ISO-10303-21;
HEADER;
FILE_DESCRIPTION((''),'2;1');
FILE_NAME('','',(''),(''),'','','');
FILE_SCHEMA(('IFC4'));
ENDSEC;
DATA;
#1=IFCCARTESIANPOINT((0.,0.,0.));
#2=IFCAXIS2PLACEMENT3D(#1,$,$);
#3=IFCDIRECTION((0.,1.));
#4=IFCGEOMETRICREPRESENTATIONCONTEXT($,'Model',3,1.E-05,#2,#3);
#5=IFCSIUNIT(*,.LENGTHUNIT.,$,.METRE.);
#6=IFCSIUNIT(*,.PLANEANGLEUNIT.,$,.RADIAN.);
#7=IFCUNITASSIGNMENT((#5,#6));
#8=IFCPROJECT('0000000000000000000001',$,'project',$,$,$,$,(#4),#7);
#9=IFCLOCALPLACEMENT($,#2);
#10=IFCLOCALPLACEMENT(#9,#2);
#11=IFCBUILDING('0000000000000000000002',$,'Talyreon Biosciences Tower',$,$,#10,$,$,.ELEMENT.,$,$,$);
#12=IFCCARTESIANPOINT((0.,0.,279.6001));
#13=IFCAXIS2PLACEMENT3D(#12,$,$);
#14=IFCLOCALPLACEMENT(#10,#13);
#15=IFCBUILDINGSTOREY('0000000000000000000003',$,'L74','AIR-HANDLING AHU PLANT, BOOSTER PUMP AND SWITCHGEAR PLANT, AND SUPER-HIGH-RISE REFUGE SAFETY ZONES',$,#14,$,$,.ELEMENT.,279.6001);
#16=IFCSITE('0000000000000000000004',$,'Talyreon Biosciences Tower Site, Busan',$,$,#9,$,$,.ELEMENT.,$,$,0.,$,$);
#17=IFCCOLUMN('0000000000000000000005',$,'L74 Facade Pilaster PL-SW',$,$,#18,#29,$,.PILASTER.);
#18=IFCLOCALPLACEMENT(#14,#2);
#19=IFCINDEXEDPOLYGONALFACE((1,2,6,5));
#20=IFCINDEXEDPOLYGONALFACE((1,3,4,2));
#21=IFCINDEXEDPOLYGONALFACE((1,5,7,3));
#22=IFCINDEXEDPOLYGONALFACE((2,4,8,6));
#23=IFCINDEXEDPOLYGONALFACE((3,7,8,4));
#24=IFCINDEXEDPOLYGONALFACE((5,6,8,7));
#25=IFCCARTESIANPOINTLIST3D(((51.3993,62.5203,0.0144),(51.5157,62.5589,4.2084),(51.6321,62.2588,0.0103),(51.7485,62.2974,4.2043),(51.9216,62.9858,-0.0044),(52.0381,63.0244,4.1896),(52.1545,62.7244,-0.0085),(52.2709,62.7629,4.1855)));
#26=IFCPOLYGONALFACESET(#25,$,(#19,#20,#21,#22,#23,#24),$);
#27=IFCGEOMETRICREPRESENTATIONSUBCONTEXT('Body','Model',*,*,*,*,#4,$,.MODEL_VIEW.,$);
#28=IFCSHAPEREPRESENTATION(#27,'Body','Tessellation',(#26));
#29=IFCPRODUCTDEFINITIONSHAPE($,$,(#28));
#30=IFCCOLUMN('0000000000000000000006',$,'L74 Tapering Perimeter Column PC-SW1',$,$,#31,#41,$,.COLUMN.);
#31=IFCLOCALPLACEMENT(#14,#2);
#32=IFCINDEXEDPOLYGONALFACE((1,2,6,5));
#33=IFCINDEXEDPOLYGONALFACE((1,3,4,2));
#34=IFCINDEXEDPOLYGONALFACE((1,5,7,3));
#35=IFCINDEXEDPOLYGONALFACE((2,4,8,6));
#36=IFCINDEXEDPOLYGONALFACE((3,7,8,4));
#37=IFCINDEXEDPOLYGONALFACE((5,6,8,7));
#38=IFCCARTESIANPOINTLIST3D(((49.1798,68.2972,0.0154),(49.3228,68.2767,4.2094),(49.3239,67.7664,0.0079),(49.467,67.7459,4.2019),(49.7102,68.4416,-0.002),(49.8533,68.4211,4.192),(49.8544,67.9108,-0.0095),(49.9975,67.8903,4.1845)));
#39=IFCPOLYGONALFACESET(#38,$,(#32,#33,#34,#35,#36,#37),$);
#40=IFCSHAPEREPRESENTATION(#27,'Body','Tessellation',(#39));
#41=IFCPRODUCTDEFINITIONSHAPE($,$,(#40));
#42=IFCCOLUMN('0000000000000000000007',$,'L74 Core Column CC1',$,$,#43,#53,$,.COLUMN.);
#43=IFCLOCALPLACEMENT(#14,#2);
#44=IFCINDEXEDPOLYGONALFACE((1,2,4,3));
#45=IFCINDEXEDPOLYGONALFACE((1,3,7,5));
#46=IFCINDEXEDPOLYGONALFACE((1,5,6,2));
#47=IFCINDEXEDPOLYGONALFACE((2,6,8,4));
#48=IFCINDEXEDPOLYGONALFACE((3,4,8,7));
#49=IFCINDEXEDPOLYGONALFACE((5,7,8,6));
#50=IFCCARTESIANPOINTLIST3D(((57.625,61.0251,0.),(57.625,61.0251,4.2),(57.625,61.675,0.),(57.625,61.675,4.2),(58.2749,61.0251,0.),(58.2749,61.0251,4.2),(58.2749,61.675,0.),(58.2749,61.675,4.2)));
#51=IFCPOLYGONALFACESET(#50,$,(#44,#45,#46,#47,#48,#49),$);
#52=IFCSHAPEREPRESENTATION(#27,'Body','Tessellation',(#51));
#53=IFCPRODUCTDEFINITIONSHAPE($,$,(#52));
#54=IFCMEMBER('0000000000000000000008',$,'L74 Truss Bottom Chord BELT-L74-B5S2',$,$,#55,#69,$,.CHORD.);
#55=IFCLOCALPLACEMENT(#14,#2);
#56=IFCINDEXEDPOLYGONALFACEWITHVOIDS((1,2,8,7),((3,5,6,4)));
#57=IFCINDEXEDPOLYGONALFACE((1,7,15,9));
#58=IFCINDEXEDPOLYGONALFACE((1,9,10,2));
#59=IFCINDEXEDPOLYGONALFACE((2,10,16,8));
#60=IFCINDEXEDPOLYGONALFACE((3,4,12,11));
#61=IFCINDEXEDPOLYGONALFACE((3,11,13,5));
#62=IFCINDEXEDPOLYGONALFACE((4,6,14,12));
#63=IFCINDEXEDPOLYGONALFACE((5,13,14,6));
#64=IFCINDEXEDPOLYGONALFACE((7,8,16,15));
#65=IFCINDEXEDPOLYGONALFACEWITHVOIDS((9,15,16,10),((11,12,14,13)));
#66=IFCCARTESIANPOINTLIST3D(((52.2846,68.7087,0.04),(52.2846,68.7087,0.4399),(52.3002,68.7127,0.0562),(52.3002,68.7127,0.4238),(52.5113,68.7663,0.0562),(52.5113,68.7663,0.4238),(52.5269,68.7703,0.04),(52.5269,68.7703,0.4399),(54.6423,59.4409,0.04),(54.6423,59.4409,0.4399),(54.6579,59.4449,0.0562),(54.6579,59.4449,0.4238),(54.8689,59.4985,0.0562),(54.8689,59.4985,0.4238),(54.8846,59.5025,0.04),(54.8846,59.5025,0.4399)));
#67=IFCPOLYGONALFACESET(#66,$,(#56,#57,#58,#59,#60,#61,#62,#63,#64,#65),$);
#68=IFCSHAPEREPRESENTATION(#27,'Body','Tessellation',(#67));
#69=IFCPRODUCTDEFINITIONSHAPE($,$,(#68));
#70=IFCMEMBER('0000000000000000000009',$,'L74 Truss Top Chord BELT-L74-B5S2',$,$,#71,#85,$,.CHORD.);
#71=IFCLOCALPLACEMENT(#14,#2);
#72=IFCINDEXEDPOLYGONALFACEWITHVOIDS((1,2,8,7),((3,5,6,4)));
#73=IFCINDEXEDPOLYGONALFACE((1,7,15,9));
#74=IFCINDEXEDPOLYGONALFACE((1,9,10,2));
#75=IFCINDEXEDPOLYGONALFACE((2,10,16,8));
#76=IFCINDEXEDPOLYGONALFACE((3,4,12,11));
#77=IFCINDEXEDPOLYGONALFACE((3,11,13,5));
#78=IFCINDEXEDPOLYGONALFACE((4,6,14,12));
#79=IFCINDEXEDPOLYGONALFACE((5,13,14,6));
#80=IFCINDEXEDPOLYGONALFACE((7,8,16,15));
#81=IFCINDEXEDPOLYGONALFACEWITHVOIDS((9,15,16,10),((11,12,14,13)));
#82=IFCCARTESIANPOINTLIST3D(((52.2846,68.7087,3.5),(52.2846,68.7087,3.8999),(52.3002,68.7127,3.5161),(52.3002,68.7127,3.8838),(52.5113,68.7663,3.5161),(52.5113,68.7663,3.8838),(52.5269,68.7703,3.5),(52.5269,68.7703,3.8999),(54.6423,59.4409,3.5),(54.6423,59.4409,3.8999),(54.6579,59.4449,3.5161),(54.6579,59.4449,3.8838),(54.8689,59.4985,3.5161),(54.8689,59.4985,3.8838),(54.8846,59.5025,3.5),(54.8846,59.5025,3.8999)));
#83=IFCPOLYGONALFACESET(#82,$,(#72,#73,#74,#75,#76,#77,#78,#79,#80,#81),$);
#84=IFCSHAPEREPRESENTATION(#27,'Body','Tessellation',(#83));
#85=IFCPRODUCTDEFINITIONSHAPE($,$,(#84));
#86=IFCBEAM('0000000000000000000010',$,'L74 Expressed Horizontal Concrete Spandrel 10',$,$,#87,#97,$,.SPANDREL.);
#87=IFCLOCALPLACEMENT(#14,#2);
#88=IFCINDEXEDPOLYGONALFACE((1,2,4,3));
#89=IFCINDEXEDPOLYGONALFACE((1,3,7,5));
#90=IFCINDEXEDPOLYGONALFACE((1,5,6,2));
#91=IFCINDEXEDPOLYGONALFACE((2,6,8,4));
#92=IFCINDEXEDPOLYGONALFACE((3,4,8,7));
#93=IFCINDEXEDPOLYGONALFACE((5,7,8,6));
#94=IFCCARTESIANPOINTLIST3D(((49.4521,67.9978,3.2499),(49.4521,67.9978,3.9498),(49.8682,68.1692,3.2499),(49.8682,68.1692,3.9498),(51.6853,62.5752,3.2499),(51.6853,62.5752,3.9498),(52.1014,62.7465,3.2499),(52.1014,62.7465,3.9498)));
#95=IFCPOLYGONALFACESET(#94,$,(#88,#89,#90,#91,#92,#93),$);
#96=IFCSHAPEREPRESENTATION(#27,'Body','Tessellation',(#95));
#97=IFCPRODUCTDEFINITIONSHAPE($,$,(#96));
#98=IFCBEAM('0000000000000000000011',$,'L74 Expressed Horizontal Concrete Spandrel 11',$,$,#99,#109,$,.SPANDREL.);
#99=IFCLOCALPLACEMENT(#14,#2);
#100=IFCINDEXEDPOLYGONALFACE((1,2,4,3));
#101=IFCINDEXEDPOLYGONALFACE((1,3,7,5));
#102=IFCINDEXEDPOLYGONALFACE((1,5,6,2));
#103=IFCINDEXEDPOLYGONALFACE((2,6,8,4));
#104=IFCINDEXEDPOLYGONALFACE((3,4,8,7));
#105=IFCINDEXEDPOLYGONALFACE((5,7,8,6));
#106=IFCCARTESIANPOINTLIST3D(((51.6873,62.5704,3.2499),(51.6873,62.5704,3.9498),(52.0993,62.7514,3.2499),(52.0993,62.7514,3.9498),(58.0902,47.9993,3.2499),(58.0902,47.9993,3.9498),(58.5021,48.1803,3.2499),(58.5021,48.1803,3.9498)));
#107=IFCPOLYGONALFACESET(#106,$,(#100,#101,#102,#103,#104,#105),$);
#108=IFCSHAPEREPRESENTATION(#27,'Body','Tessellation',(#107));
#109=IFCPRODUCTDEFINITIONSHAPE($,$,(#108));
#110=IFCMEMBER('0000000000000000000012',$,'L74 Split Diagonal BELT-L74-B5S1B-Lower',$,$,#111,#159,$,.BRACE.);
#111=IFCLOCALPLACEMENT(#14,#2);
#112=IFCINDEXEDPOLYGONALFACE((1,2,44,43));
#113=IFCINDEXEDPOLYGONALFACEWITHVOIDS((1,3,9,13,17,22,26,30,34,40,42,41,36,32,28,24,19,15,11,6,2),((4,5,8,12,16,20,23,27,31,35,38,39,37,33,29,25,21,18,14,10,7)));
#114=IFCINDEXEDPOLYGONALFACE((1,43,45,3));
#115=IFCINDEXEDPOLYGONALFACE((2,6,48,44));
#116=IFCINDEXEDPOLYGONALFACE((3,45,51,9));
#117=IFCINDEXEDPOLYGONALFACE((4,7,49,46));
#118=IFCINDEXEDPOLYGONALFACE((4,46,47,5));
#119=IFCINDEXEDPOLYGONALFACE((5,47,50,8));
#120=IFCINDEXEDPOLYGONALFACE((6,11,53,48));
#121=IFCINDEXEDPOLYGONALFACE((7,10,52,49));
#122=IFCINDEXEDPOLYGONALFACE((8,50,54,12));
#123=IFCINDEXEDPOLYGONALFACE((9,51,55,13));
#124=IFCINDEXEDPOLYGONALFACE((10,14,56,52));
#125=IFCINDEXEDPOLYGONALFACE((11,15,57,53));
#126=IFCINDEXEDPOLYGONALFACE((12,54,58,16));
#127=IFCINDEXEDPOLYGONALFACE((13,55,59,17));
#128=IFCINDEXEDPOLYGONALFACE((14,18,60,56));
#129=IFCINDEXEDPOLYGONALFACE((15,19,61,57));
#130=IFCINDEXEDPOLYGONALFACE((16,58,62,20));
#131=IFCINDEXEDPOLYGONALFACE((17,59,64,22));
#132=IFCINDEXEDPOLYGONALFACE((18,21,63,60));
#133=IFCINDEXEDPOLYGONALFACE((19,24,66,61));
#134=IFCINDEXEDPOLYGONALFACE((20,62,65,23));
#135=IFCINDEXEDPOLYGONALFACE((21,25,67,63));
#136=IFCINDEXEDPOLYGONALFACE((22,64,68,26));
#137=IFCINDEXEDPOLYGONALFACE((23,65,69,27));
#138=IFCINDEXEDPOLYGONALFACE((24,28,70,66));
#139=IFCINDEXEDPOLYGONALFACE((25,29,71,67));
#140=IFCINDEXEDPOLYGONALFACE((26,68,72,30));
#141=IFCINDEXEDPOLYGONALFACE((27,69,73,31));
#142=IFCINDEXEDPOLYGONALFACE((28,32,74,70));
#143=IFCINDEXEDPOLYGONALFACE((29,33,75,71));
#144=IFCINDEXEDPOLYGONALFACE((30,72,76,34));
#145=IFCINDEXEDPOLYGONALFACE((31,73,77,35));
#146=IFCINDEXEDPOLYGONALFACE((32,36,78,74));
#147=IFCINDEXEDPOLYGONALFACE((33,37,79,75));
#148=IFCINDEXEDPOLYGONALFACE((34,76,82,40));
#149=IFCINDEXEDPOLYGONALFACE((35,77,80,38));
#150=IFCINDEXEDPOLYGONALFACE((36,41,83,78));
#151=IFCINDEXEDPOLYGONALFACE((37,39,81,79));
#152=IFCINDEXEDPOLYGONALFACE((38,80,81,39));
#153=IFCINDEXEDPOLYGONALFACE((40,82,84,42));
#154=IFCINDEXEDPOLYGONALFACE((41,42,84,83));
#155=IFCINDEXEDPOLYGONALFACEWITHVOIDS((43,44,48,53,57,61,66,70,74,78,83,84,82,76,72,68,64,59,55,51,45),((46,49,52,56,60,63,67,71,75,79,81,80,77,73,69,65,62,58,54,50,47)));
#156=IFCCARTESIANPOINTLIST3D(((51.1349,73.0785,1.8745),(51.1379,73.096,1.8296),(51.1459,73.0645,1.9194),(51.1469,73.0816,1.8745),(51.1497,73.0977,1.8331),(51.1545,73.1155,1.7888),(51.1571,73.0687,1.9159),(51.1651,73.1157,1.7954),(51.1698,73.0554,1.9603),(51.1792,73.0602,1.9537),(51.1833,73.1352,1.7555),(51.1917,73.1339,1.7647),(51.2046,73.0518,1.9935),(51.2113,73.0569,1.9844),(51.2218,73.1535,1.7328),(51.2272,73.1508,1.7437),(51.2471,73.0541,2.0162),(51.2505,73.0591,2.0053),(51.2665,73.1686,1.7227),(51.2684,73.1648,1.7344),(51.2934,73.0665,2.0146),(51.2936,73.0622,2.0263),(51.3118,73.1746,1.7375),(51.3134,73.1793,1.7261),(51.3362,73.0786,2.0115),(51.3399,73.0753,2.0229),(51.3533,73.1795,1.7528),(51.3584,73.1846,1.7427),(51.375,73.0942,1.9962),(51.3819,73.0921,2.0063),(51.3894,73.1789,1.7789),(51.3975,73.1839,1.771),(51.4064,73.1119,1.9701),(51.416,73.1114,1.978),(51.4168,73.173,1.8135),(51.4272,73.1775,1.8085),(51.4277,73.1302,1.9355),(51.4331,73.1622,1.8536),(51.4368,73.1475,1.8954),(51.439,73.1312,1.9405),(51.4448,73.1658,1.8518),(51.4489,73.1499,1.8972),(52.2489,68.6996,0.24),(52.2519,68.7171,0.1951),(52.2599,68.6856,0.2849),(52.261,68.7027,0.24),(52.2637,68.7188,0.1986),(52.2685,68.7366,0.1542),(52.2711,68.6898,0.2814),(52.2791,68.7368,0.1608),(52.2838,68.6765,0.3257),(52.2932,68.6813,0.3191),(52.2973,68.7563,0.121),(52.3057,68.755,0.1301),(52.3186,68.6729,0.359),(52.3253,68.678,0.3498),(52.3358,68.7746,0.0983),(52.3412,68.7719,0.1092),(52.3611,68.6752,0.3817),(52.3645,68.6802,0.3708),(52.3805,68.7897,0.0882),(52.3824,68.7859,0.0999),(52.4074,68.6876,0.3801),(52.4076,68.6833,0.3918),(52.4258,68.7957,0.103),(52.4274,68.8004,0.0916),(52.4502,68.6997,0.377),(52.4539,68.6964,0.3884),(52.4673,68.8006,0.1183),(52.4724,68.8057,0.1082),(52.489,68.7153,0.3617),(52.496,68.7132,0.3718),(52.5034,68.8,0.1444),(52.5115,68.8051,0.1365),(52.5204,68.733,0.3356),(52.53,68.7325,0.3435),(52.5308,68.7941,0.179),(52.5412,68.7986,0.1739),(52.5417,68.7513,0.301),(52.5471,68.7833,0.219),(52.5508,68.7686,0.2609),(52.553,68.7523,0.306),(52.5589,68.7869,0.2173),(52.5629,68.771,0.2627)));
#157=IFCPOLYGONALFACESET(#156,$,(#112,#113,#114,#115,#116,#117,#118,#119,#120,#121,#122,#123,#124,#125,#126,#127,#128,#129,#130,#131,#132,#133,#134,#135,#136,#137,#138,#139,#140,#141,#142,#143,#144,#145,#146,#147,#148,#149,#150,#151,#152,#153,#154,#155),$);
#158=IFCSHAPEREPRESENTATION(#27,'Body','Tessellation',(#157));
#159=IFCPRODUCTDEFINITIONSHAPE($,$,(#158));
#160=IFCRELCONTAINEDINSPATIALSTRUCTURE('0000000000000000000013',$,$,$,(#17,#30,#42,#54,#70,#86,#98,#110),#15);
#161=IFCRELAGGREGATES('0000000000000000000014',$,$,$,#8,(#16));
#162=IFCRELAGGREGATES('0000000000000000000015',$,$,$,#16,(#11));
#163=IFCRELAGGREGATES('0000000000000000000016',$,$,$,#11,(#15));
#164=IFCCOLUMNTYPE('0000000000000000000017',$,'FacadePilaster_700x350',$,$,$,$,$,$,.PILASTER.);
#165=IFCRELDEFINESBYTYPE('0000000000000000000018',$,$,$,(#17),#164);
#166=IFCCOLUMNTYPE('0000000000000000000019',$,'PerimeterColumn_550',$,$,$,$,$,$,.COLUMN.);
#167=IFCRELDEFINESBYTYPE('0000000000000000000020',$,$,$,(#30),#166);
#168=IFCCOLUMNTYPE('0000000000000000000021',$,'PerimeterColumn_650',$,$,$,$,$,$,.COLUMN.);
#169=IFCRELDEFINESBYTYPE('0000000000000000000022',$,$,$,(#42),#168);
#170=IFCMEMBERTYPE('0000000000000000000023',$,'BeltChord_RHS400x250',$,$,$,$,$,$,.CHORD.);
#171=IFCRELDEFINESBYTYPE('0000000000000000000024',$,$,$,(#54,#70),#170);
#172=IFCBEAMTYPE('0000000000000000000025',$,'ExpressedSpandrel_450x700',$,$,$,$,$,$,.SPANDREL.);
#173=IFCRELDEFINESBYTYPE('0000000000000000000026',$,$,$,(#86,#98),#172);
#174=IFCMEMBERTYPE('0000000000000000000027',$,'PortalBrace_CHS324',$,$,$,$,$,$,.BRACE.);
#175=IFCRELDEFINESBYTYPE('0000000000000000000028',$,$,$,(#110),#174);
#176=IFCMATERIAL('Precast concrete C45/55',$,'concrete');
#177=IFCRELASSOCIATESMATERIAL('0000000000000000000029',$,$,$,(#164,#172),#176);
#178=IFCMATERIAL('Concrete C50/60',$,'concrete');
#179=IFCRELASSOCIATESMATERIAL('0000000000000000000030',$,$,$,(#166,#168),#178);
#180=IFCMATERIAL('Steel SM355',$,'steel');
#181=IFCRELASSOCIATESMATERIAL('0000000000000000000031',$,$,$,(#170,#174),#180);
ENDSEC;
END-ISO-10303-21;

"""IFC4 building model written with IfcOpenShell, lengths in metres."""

from ifc_helpers import new_model, si_unit, direction, frame, origin, origin_2d, place, context, subcontext, project, spatial, rectangle, hollow_rectangle, hollow_circle, extrude, material, material_profile, profile_set, type_object, element, save


model = new_model("IFC4")

# Units and contexts
model_context = context("Model", 3, precision=1e-05, world=origin(), true_north=direction((0.0, 1.0)))
body_context = subcontext(model_context, "Body", "Model", "MODEL_VIEW")
ifc_project = project(units=[si_unit("LENGTHUNIT", "METRE"), si_unit("PLANEANGLEUNIT", "RADIAN")], contexts=[model_context])

# Site, building, storey
site_placement = place(None, origin())
site = spatial("IfcSite", under=ifc_project, at=site_placement, Name="Talyreon Biosciences Tower Site, Busan", CompositionType="ELEMENT", RefElevation=0.0)
building_placement = place(site_placement, origin())
building = spatial("IfcBuilding", under=site, at=building_placement, Name="Talyreon Biosciences Tower", CompositionType="ELEMENT")
storey_placement = place(building_placement, frame((0.0, 0.0, 279.6001)))
storey = spatial("IfcBuildingStorey", under=building, at=storey_placement, Name="L74", Description="AIR-HANDLING AHU PLANT, BOOSTER PUMP AND SWITCHGEAR PLANT, AND SUPER-HIGH-RISE REFUGE SAFETY ZONES", CompositionType="ELEMENT", Elevation=279.6001)

# Columns
ifc_material_1 = material(Name="Precast concrete C45/55", Category="concrete")
ifc_material_profile_1 = material_profile(ifc_material_1, rectangle(XDim=0.7, YDim=0.3501, at=origin_2d()), Name="RC 700x350")
ifc_profile_set_1 = profile_set([ifc_material_profile_1], Name="Precast concrete C45/55")
column_type_1 = type_object("IfcColumnType", Name="FacadePilaster_700x350", PredefinedType="PILASTER", material=ifc_profile_set_1)
column_1_placement = place(storey_placement, frame((51.7769, 62.6223, 0.0029), z_axis=(0.027755, 0.009193, 0.999572), x_axis=(0.746315, 0.665052, -0.026839)))
element("IfcColumn", 1, at=column_1_placement, inside=storey, type_object=column_type_1, Name="L74 Facade Pilaster PL-SW", PredefinedType="PILASTER", context=body_context, shape_type="SweptSolid", body=[
    extrude(rectangle(XDim=0.7, YDim=0.3501, at=origin_2d()), origin(), (0.0, 0.0, 1.0), 4.1958),
])
ifc_material_2 = material(Name="Concrete C50/60", Category="concrete")
ifc_material_profile_2 = material_profile(ifc_material_2, rectangle(XDim=0.55, YDim=0.55, at=origin_2d()), Name="RC 550x550")
ifc_profile_set_2 = profile_set([ifc_material_profile_2], Name="Concrete C50/60")
column_type_2 = type_object("IfcColumnType", Name="PerimeterColumn_550", PredefinedType="COLUMN", material=ifc_profile_set_2)
column_2_placement = place(storey_placement, frame((49.5171, 68.104, 0.0029), z_axis=(0.034091, -0.004887, 0.999407), x_axis=(0.964425, 0.262461, -0.031615)))
element("IfcColumn", 2, at=column_2_placement, inside=storey, type_object=column_type_2, Name="L74 Tapering Perimeter Column PC-SW1", PredefinedType="COLUMN", context=body_context, shape_type="SweptSolid", body=[
    extrude(rectangle(XDim=0.55, YDim=0.55, at=origin_2d()), origin(), (0.0, 0.0, 1.0), 4.1965),
])
ifc_material_profile_3 = material_profile(ifc_material_2, rectangle(XDim=0.6499, YDim=0.6499, at=origin_2d()), Name="RC 650x650")
ifc_profile_set_3 = profile_set([ifc_material_profile_3], Name="Concrete C50/60")
column_type_3 = type_object("IfcColumnType", Name="PerimeterColumn_650", PredefinedType="COLUMN", material=ifc_profile_set_3)
column_3_placement = place(storey_placement, frame((57.95, 61.3501, 0.0), z_axis=(0.0, 0.0, 1.0), x_axis=(1.0, 0.0, 0.0)))
element("IfcColumn", 3, at=column_3_placement, inside=storey, type_object=column_type_3, Name="L74 Core Column CC1", PredefinedType="COLUMN", context=body_context, shape_type="SweptSolid", body=[
    extrude(rectangle(XDim=0.6499, YDim=0.6499, at=origin_2d()), origin(), (0.0, 0.0, 1.0), 4.2),
])

# Members
ifc_material_3 = material(Name="Steel SM355", Category="steel")
ifc_material_profile_4 = material_profile(ifc_material_3, hollow_rectangle(XDim=0.25, YDim=0.3999, WallThickness=0.0161, at=origin_2d()), Name="RHS 400x250x16")
ifc_profile_set_4 = profile_set([ifc_material_profile_4], Name="Steel SM355")
member_type_1 = type_object("IfcMemberType", Name="BeltChord_RHS400x250", PredefinedType="CHORD", material=ifc_profile_set_4)
for number, where, z_axis, x_axis, name in (
    (4, (52.4058, 68.7395, 0.24), (0.24654, -0.969133, 0.0), (0.969133, 0.24654, 0.0), "L74 Truss Bottom Chord BELT-L74-B5S2"),
    (5, (52.4058, 68.7395, 3.7), (0.24654, -0.969133, 0.0), (0.969133, 0.24654, 0.0), "L74 Truss Top Chord BELT-L74-B5S2"),
):
    element("IfcMember", number, at=place(storey_placement, frame(where, z_axis=z_axis, x_axis=x_axis)), inside=storey, type_object=member_type_1, Name=name, PredefinedType="CHORD", context=body_context, shape_type="SweptSolid", body=[
        extrude(hollow_rectangle(XDim=0.25, YDim=0.3999, WallThickness=0.0161, at=origin_2d()), origin(), (0.0, 0.0, 1.0), 9.563),
    ])

# Beams
ifc_material_profile_5 = material_profile(ifc_material_1, rectangle(XDim=0.45, YDim=0.7, at=origin_2d()), Name="RCB 450x700")
ifc_profile_set_5 = profile_set([ifc_material_profile_5], Name="Precast concrete C45/55")
beam_type_1 = type_object("IfcBeamType", Name="ExpressedSpandrel_450x700", PredefinedType="SPANDREL", material=ifc_profile_set_5)
beam_1_placement = place(storey_placement, frame((49.6602, 68.0835, 3.5999), z_axis=(0.380796, -0.924659, 0.0), x_axis=(0.924659, 0.380796, 0.0)))
element("IfcBeam", 6, at=beam_1_placement, inside=storey, type_object=beam_type_1, Name="L74 Expressed Horizontal Concrete Spandrel 10", PredefinedType="SPANDREL", context=body_context, shape_type="SweptSolid", body=[
    extrude(rectangle(XDim=0.45, YDim=0.7, at=origin_2d()), origin(), (0.0, 0.0, 1.0), 5.8645),
])
beam_2_placement = place(storey_placement, frame((51.8933, 62.6609, 3.5999), z_axis=(0.402295, -0.91551, 0.0), x_axis=(0.91551, 0.402295, 0.0)))
element("IfcBeam", 7, at=beam_2_placement, inside=storey, type_object=beam_type_1, Name="L74 Expressed Horizontal Concrete Spandrel 11", PredefinedType="SPANDREL", context=body_context, shape_type="SweptSolid", body=[
    extrude(rectangle(XDim=0.45, YDim=0.7, at=origin_2d()), origin(), (0.0, 0.0, 1.0), 15.9158),
])

# Member
ifc_material_profile_6 = material_profile(ifc_material_3, hollow_circle(Radius=0.1619, WallThickness=0.0125, at=origin_2d()), Name="CHS 323.9x12.5")
ifc_profile_set_6 = profile_set([ifc_material_profile_6], Name="Steel SM355")
member_type_2 = type_object("IfcMemberType", Name="PortalBrace_CHS324", PredefinedType="BRACE", material=ifc_profile_set_6)
member_1_placement = place(storey_placement, frame((52.4058, 68.7395, 0.24), z_axis=(-0.231847, 0.911333, 0.340175), x_axis=(-0.96913, -0.246551, 0.0)))
element("IfcMember", 8, at=member_1_placement, inside=storey, type_object=member_type_2, Name="L74 Split Diagonal BELT-L74-B5S1B-Lower", PredefinedType="BRACE", context=body_context, shape_type="SweptSolid", body=[
    extrude(hollow_circle(Radius=0.1619, WallThickness=0.0125, at=origin_2d()), origin(), (0.0, 0.0, 1.0), 4.8049),
])

save(model, "model.ifc")
